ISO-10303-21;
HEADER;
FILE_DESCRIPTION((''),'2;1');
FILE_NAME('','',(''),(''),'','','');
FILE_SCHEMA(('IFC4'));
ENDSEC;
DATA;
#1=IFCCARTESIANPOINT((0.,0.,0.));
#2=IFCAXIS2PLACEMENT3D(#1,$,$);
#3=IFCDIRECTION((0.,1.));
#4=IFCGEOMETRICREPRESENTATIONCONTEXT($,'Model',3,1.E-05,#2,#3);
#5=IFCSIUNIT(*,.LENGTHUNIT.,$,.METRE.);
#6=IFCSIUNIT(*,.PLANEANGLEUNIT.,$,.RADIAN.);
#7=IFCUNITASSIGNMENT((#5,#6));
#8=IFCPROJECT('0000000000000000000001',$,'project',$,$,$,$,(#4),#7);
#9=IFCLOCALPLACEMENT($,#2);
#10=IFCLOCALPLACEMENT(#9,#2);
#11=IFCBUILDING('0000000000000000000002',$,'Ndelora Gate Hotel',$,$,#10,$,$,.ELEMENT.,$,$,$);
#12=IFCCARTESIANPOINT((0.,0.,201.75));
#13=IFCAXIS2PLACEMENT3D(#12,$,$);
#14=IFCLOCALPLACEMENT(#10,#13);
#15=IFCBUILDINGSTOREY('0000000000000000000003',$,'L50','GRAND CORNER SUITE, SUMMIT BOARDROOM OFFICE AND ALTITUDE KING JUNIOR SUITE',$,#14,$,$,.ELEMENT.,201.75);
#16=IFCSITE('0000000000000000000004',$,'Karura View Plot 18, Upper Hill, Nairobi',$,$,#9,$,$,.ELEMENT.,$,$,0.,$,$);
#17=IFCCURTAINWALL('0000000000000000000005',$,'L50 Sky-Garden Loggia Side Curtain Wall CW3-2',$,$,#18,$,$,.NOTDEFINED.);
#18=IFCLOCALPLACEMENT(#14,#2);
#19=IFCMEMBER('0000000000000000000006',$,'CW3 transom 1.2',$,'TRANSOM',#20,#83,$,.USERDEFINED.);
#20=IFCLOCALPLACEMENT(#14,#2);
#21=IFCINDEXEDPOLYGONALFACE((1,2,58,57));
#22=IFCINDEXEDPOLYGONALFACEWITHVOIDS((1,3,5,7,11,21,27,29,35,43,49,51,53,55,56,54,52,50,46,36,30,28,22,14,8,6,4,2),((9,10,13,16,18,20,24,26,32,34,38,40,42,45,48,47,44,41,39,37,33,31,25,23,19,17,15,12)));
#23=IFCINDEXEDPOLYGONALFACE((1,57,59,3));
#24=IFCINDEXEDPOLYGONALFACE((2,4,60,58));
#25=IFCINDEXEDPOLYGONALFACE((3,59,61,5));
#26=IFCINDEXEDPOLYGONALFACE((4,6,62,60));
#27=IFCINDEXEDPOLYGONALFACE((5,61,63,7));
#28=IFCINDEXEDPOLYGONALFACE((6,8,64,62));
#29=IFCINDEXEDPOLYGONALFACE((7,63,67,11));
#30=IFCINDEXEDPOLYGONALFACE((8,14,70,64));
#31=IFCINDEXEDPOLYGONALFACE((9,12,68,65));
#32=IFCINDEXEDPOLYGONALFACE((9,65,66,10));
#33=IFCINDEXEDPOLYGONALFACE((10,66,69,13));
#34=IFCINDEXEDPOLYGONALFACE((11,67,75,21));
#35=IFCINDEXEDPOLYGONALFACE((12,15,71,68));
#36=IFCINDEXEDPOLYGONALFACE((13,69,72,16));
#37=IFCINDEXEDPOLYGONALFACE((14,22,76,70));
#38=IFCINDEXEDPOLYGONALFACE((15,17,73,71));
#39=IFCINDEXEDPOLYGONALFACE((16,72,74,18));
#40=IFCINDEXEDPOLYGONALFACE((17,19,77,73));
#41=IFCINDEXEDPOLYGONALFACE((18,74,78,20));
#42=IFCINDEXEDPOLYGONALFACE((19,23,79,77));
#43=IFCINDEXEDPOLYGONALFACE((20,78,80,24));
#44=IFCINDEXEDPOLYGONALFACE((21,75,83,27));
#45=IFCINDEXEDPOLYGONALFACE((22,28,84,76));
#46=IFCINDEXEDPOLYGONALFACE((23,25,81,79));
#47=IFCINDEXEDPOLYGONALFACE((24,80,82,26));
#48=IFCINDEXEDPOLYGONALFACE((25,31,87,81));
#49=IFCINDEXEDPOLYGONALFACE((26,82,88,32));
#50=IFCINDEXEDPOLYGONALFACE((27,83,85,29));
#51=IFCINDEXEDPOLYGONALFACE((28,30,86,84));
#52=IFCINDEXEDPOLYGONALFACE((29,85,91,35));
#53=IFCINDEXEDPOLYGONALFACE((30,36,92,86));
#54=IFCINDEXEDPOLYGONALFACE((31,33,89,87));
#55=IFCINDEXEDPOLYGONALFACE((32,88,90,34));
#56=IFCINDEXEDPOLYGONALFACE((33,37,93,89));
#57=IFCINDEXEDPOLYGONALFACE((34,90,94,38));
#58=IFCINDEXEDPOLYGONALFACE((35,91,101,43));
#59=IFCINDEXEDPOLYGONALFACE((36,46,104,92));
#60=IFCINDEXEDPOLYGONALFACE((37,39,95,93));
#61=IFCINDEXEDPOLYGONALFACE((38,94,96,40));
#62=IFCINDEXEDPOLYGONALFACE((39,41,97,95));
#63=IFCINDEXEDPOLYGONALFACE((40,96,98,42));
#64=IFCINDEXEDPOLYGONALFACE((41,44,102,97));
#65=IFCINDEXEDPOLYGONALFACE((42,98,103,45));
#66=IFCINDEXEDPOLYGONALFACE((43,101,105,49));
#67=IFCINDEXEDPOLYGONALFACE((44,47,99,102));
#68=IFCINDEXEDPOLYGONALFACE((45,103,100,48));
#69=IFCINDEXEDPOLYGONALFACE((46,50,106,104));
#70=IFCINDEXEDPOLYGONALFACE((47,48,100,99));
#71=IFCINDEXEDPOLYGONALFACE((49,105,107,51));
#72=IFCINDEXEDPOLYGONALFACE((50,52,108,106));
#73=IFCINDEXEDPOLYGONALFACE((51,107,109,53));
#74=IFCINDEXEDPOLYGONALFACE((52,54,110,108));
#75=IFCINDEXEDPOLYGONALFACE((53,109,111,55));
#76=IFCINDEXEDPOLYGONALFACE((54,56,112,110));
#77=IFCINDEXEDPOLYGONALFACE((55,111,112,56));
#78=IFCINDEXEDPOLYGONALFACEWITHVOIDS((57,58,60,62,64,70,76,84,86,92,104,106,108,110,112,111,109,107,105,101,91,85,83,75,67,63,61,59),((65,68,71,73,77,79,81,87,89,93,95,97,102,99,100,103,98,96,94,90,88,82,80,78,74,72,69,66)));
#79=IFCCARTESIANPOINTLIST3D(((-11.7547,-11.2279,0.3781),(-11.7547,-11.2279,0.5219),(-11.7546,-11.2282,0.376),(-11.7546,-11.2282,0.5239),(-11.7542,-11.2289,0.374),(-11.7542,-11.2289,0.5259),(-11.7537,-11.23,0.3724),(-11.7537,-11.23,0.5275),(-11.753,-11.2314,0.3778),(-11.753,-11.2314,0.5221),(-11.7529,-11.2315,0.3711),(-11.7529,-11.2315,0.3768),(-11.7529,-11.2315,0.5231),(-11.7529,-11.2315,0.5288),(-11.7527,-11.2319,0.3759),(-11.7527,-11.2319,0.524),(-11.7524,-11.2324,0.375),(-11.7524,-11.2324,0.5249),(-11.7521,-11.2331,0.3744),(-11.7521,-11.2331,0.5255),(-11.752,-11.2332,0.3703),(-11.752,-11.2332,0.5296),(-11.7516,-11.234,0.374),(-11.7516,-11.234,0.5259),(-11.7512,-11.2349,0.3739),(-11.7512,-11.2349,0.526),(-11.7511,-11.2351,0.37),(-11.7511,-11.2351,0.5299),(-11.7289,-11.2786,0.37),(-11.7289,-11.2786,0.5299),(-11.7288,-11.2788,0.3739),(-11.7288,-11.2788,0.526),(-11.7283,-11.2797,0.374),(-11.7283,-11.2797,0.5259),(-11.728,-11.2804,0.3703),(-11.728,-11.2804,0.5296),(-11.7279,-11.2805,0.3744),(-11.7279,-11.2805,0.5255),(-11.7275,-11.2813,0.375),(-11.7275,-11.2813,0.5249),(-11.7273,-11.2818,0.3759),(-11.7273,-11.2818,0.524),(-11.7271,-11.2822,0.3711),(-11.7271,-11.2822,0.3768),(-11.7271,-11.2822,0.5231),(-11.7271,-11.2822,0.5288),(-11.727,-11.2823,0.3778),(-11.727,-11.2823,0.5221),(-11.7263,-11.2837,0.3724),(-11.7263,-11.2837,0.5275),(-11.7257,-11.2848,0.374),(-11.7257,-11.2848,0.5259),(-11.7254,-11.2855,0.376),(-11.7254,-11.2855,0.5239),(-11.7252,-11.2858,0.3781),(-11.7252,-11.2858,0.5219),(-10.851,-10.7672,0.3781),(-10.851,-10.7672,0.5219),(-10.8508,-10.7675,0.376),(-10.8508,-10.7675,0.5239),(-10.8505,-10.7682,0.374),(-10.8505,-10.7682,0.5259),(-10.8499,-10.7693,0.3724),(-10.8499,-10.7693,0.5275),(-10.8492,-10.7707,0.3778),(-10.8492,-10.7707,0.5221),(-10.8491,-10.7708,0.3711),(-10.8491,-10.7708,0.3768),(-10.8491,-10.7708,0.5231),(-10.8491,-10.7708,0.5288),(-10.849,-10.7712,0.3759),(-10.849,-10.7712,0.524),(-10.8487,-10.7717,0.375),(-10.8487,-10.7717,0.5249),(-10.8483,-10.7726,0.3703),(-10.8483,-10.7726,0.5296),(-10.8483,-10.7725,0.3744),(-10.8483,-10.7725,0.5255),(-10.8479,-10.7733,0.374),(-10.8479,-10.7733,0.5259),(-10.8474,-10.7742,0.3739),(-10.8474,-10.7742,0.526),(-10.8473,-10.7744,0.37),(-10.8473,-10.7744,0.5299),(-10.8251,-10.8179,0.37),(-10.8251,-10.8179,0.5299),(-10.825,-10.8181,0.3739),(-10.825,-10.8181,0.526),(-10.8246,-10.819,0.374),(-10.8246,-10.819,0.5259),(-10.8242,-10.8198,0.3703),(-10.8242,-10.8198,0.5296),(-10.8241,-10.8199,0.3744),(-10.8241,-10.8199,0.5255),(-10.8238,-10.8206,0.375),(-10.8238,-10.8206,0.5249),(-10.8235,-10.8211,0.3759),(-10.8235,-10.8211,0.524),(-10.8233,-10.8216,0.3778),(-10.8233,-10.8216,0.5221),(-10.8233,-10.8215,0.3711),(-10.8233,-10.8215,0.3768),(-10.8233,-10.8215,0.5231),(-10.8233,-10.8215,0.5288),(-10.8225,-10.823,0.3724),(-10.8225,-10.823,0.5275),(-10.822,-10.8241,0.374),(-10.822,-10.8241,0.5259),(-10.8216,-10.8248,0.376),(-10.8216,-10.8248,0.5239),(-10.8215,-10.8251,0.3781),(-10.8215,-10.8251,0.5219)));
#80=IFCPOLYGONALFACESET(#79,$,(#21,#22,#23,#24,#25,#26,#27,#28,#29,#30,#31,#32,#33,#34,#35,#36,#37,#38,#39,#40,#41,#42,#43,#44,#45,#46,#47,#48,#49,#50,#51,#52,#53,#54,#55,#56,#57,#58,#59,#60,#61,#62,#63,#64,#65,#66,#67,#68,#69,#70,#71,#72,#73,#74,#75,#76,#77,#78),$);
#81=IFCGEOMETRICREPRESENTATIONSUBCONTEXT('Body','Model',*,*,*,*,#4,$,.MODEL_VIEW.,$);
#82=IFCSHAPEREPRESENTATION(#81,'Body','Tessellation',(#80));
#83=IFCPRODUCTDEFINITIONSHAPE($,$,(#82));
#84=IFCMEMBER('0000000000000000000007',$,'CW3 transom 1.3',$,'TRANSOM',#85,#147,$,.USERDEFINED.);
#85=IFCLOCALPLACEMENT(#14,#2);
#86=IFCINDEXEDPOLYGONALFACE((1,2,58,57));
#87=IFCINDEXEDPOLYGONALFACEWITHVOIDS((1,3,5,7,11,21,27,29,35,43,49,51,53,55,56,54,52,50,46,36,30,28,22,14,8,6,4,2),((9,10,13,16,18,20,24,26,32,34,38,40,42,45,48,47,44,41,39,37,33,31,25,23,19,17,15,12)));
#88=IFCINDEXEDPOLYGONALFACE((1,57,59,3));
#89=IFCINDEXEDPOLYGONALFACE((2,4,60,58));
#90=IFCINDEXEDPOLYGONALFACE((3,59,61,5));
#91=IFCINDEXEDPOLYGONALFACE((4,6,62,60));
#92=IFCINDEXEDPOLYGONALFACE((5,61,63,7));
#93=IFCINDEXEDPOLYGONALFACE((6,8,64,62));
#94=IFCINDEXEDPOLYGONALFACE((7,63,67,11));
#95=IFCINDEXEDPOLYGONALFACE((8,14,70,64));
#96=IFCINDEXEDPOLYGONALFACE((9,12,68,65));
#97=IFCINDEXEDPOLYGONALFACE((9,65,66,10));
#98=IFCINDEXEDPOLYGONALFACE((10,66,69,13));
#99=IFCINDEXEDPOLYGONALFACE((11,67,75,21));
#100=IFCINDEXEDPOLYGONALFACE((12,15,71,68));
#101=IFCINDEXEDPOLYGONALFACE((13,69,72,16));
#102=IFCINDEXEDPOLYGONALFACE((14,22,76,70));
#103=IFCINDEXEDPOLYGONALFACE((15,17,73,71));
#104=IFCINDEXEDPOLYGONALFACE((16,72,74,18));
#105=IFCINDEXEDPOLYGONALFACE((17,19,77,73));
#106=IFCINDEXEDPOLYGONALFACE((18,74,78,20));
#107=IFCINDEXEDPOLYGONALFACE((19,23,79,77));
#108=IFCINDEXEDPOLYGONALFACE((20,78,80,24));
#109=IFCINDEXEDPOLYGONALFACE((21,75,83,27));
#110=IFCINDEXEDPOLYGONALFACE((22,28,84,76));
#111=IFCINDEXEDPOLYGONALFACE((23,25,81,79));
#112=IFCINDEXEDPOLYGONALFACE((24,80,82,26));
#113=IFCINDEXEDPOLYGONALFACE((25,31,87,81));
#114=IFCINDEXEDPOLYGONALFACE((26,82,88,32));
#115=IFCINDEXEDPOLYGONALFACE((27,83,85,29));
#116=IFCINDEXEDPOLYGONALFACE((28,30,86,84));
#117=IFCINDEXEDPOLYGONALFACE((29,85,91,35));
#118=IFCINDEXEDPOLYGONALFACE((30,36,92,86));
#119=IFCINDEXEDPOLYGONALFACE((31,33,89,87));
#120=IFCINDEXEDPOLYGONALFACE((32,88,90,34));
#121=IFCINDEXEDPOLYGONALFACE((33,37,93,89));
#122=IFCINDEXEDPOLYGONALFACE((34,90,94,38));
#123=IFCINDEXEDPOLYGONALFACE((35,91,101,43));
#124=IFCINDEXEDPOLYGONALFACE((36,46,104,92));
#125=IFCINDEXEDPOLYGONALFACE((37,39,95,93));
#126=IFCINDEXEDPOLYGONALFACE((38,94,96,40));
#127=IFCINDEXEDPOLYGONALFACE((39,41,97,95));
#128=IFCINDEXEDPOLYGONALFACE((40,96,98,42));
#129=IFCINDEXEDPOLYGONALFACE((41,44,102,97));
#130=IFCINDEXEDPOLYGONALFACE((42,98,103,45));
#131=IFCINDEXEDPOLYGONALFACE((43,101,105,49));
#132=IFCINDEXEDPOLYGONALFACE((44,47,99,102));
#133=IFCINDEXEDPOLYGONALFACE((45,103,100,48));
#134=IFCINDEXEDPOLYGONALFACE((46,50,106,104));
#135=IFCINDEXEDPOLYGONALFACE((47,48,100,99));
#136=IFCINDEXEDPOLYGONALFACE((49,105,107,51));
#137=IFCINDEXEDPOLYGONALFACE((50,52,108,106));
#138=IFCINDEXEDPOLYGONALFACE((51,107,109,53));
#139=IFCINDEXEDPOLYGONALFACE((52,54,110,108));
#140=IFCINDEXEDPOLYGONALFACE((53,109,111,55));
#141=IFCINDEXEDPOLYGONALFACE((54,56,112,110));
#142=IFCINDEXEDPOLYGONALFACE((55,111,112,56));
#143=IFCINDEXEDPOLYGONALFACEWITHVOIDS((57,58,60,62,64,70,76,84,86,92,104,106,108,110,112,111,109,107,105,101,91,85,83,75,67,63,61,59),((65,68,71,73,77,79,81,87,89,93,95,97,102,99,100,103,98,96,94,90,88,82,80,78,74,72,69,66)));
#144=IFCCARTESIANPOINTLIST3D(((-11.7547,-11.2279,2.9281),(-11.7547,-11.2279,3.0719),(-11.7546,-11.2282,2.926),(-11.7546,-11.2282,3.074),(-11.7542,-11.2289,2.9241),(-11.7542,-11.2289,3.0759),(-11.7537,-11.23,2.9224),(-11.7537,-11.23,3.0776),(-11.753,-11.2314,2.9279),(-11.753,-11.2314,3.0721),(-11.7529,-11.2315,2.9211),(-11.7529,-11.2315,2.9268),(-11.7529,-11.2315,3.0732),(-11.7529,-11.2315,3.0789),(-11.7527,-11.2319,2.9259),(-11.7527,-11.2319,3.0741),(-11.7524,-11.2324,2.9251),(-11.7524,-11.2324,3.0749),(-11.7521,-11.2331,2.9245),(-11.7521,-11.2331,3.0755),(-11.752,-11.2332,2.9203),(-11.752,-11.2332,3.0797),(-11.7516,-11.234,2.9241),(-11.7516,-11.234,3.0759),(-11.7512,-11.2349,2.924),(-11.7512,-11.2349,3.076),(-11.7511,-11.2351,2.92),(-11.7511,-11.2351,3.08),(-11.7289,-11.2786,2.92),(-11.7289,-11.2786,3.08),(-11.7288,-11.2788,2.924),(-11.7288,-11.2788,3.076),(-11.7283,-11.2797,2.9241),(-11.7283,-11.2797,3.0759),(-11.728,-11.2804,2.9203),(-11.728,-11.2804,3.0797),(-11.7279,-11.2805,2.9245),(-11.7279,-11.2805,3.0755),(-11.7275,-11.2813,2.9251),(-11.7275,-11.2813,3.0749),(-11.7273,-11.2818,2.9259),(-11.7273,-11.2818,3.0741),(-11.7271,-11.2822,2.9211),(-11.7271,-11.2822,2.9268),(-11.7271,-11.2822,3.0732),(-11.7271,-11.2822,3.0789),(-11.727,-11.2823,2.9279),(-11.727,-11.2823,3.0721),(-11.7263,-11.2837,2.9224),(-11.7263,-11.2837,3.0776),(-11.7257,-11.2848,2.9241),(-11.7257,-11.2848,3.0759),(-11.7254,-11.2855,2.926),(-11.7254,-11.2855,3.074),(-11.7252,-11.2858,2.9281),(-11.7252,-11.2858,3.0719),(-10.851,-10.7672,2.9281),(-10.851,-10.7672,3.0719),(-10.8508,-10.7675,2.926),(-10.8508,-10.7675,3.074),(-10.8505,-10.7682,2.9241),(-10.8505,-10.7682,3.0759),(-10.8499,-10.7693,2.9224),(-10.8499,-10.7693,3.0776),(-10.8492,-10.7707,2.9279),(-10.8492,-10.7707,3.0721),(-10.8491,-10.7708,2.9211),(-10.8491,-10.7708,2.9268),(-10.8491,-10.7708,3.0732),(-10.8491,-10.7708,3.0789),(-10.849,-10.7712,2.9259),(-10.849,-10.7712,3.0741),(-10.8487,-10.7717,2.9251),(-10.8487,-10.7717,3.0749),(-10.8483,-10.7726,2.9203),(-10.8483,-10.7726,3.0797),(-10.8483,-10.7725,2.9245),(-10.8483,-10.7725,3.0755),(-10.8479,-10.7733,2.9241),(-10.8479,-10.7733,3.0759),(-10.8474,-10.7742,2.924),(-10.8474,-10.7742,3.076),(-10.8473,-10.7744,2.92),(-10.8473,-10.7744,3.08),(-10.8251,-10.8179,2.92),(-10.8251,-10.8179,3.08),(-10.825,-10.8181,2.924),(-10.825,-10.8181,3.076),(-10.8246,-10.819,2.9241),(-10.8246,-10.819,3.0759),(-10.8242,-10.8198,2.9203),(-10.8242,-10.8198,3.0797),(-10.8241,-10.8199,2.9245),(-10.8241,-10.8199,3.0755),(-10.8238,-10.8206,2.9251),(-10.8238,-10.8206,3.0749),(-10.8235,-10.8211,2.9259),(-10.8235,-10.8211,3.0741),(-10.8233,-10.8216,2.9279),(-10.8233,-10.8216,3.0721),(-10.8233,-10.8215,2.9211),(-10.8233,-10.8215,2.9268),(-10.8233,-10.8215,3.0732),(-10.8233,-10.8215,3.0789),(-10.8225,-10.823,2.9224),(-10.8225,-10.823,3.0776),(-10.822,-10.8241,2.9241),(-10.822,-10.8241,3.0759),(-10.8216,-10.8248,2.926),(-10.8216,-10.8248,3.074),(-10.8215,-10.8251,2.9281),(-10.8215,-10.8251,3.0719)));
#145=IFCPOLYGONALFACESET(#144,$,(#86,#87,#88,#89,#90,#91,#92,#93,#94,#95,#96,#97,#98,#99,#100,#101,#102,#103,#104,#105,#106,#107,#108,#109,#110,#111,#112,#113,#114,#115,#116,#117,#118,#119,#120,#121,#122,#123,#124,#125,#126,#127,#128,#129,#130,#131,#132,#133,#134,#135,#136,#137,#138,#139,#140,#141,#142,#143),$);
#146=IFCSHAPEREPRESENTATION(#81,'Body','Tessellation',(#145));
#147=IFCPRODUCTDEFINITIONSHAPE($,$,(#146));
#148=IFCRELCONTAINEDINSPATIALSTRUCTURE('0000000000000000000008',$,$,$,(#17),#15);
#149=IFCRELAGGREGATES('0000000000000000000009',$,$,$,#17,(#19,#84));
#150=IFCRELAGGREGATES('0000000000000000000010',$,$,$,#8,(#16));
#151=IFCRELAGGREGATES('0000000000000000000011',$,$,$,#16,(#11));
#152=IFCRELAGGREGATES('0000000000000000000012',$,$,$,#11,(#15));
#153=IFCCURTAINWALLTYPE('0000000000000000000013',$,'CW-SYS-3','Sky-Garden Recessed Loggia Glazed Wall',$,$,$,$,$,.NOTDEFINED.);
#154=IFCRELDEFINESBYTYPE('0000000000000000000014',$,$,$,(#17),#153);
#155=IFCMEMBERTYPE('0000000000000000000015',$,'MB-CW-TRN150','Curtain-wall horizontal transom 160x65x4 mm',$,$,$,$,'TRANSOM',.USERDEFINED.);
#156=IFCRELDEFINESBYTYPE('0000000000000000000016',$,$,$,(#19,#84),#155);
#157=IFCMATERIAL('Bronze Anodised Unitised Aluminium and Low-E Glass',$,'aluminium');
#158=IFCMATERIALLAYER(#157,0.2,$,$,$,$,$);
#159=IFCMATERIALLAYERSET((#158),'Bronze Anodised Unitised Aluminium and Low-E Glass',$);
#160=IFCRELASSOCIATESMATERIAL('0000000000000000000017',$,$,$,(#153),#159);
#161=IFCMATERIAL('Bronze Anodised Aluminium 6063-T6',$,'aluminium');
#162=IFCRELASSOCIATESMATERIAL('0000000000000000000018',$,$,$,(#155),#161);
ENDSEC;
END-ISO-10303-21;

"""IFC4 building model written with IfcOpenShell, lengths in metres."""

from ifc_helpers import new_model, si_unit, direction, frame, origin, origin_2d, place, context, subcontext, project, spatial, hollow_rectangle, extrude, material, layer, layer_set, material_profile, profile_set, type_object, element, aggregate, save


model = new_model("IFC4")

# Units and contexts
model_context = context("Model", 3, precision=1e-05, world=origin(), true_north=direction((0.0, 1.0)))
body_context = subcontext(model_context, "Body", "Model", "MODEL_VIEW")
ifc_project = project(units=[si_unit("LENGTHUNIT", "METRE"), si_unit("PLANEANGLEUNIT", "RADIAN")], contexts=[model_context])

# Site, building, storey
site_placement = place(None, origin())
site = spatial("IfcSite", under=ifc_project, at=site_placement, Name="Karura View Plot 18, Upper Hill, Nairobi", CompositionType="ELEMENT", RefElevation=0.0)
building_placement = place(site_placement, origin())
building = spatial("IfcBuilding", under=site, at=building_placement, Name="Ndelora Gate Hotel", CompositionType="ELEMENT")
storey_placement = place(building_placement, frame((0.0, 0.0, 201.75)))
storey = spatial("IfcBuildingStorey", under=building, at=storey_placement, Name="L50", Description="GRAND CORNER SUITE, SUMMIT BOARDROOM OFFICE AND ALTITUDE KING JUNIOR SUITE", CompositionType="ELEMENT", Elevation=201.75)

# Curtain wall, members
ifc_material_1 = material(Name="Bronze Anodised Unitised Aluminium and Low-E Glass", Category="aluminium")
ifc_layer_1 = layer(ifc_material_1, 0.2)
ifc_layer_set_1 = layer_set([ifc_layer_1], Name="Bronze Anodised Unitised Aluminium and Low-E Glass")
curtain_wall_type = type_object("IfcCurtainWallType", Name="CW-SYS-3", Description="Sky-Garden Recessed Loggia Glazed Wall", PredefinedType="NOTDEFINED", material=ifc_layer_set_1)
curtain_wall_placement = place(storey_placement, origin())
curtain_wall = element("IfcCurtainWall", 1, at=curtain_wall_placement, inside=storey, type_object=curtain_wall_type, Name="L50 Sky-Garden Loggia Side Curtain Wall CW3-2", PredefinedType="NOTDEFINED")
ifc_material_2 = material(Name="Bronze Anodised Aluminium 6063-T6", Category="aluminium")
ifc_material_profile_1 = material_profile(ifc_material_2, hollow_rectangle(XDim=0.0649, YDim=0.1599, WallThickness=0.0039, InnerFilletRadius=0.0039, OuterFilletRadius=0.0081, at=origin_2d()), Name="ALU 160x65x4")
ifc_profile_set_1 = profile_set([ifc_material_profile_1], Name="Bronze Anodised Aluminium 6063-T6")
member_type_1 = type_object("IfcMemberType", Name="MB-CW-TRN150", Description="Curtain-wall horizontal transom 160x65x4 mm", ElementType="TRANSOM", PredefinedType="USERDEFINED", material=ifc_profile_set_1)
member_1_placement = place(storey_placement, frame((-11.74, -11.2568, 0.45), z_axis=(0.890935, 0.454131, 0.0), x_axis=(-0.454131, 0.890935, 0.0)))
member_1 = element("IfcMember", 2, at=member_1_placement, type_object=member_type_1, Name="CW3 transom 1.2", ObjectType="TRANSOM", PredefinedType="USERDEFINED", context=body_context, shape_type="SweptSolid", body=[
    extrude(hollow_rectangle(XDim=0.0649, YDim=0.1599, WallThickness=0.0039, InnerFilletRadius=0.0039, OuterFilletRadius=0.0081, at=origin_2d()), origin(), (0.0, 0.0, 1.0), 1.0144),
])
member_2_placement = place(storey_placement, frame((-11.74, -11.2568, 3.0), z_axis=(0.890935, 0.454131, 0.0), x_axis=(-0.454131, 0.890935, 0.0)))
member_2 = element("IfcMember", 3, at=member_2_placement, type_object=member_type_1, Name="CW3 transom 1.3", ObjectType="TRANSOM", PredefinedType="USERDEFINED", context=body_context, shape_type="SweptSolid", body=[
    extrude(hollow_rectangle(XDim=0.0649, YDim=0.1599, WallThickness=0.0039, InnerFilletRadius=0.0039, OuterFilletRadius=0.0081, at=origin_2d()), origin(), (0.0, 0.0, 1.0), 1.0144),
])
aggregate(curtain_wall, [member_1, member_2])

save(model, "model.ifc")
